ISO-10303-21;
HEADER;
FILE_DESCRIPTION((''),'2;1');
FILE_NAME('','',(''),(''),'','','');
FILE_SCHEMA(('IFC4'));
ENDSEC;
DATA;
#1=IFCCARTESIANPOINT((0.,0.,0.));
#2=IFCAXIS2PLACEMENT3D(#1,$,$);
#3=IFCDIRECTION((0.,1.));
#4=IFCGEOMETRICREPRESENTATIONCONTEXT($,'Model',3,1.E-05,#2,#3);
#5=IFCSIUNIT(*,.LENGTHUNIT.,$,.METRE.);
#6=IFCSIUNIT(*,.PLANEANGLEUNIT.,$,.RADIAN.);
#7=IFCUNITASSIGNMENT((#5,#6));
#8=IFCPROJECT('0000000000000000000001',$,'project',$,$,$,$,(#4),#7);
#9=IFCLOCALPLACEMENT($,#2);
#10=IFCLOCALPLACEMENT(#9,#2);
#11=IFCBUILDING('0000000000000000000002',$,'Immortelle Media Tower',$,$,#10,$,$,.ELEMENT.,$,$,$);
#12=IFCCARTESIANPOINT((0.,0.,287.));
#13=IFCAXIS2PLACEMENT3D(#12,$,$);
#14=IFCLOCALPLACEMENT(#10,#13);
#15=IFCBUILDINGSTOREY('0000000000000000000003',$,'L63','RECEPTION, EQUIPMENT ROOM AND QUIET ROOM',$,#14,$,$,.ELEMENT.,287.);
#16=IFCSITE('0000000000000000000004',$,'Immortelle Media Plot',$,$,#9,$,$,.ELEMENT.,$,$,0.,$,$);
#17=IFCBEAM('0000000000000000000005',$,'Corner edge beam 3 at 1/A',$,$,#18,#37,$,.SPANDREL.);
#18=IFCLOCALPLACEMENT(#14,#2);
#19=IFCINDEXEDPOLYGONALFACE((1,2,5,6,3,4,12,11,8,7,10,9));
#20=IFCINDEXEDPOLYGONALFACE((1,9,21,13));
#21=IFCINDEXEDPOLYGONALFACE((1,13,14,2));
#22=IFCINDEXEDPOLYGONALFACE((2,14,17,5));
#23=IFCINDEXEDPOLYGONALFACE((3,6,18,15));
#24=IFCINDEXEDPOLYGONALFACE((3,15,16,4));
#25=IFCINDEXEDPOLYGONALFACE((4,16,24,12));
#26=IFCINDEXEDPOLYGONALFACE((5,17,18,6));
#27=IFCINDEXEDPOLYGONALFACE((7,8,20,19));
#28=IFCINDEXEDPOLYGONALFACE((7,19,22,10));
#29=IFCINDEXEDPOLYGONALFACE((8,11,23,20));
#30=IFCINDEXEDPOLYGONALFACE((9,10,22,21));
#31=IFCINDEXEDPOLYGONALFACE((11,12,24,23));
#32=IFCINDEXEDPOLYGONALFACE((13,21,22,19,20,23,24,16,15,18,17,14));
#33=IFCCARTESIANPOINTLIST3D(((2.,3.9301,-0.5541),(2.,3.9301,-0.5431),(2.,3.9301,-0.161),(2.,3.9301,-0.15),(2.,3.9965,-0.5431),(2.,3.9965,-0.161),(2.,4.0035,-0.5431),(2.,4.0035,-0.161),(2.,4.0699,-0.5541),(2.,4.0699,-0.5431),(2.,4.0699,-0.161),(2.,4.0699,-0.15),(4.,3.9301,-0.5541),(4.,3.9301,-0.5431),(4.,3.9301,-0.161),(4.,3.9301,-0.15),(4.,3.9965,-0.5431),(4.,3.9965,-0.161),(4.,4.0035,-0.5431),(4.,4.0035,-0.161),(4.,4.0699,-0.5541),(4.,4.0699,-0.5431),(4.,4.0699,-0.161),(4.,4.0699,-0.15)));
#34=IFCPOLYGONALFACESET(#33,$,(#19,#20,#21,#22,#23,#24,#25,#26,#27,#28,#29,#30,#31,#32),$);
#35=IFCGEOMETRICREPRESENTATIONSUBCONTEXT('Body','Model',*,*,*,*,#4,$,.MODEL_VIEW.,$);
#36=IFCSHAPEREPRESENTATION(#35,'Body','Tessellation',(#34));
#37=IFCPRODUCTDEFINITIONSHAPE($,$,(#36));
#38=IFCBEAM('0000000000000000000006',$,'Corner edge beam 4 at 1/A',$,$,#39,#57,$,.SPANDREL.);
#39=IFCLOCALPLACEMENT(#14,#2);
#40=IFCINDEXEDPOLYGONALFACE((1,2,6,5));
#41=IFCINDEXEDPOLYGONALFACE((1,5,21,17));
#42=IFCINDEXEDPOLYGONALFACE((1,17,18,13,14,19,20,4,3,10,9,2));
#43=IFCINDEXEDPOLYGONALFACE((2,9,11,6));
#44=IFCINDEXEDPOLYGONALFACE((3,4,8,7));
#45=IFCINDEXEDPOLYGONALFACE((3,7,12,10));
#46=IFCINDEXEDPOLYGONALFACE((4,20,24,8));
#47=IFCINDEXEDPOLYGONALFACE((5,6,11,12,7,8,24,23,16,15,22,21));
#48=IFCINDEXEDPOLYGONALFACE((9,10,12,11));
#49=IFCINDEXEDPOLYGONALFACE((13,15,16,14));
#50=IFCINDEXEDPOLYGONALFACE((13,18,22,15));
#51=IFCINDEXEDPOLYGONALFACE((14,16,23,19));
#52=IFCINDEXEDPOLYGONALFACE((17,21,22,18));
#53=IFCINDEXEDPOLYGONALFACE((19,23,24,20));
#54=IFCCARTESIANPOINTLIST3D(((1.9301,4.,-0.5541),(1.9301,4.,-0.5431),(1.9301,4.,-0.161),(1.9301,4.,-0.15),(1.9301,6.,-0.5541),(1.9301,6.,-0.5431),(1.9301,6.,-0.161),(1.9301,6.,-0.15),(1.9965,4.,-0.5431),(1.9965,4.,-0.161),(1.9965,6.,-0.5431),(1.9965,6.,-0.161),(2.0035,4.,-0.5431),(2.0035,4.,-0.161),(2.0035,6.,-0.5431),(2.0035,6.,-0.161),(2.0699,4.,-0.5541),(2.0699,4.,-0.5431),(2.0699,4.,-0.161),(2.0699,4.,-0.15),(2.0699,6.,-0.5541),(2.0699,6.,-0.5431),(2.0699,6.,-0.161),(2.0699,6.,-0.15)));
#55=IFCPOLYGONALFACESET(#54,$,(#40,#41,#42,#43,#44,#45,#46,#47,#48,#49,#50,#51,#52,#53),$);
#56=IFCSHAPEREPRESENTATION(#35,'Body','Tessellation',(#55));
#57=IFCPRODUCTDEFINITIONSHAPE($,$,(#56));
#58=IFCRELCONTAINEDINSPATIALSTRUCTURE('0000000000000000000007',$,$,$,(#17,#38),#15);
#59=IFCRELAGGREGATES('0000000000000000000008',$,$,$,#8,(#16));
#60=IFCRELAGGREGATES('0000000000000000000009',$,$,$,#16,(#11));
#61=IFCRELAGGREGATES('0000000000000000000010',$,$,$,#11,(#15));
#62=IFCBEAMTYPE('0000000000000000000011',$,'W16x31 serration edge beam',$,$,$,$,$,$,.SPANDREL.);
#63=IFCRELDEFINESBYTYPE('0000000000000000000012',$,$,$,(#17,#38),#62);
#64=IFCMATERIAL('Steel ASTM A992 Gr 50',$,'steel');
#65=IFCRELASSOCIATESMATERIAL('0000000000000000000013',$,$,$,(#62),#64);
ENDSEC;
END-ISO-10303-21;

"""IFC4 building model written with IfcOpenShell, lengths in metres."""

from ifc_helpers import new_model, si_unit, direction, frame, origin, origin_2d, place, context, subcontext, project, spatial, i_section, extrude, material, material_profile, profile_set, type_object, element, save


model = new_model("IFC4")

# Units and contexts
model_context = context("Model", 3, precision=1e-05, world=origin(), true_north=direction((0.0, 1.0)))
body_context = subcontext(model_context, "Body", "Model", "MODEL_VIEW")
ifc_project = project(units=[si_unit("LENGTHUNIT", "METRE"), si_unit("PLANEANGLEUNIT", "RADIAN")], contexts=[model_context])

# Site, building, storey
site_placement = place(None, origin())
site = spatial("IfcSite", under=ifc_project, at=site_placement, Name="Immortelle Media Plot", CompositionType="ELEMENT", RefElevation=0.0)
building_placement = place(site_placement, origin())
building = spatial("IfcBuilding", under=site, at=building_placement, Name="Immortelle Media Tower", CompositionType="ELEMENT")
storey_placement = place(building_placement, frame((0.0, 0.0, 287.0)))
storey = spatial("IfcBuildingStorey", under=building, at=storey_placement, Name="L63", Description="RECEPTION, EQUIPMENT ROOM AND QUIET ROOM", CompositionType="ELEMENT", Elevation=287.0)

# Beams
ifc_material_1 = material(Name="Steel ASTM A992 Gr 50", Category="steel")
ifc_material_profile = material_profile(ifc_material_1, i_section(OverallWidth=0.1399, OverallDepth=0.4041, WebThickness=0.0071, FlangeThickness=0.011, at=origin_2d()), Name="W16x31")
ifc_profile_set = profile_set([ifc_material_profile], Name="Steel ASTM A992 Gr 50")
beam_type = type_object("IfcBeamType", Name="W16x31 serration edge beam", PredefinedType="SPANDREL", material=ifc_profile_set)
for number, where, z_axis, x_axis, name in (
    (1, (4.0, 4.0, -0.3521), (-1.0, 0.0, 0.0), (0.0, -1.0, 0.0), "Corner edge beam 3 at 1/A"),
    (2, (2.0, 4.0, -0.3521), (0.0, 1.0, 0.0), (-1.0, 0.0, 0.0), "Corner edge beam 4 at 1/A"),
):
    element("IfcBeam", number, at=place(storey_placement, frame(where, z_axis=z_axis, x_axis=x_axis)), inside=storey, type_object=beam_type, Name=name, PredefinedType="SPANDREL", context=body_context, shape_type="SweptSolid", body=[
        extrude(i_section(OverallWidth=0.1399, OverallDepth=0.4041, WebThickness=0.0071, FlangeThickness=0.011, at=origin_2d()), origin(), (0.0, 0.0, 1.0), 2.0),
    ])

save(model, "model.ifc")
